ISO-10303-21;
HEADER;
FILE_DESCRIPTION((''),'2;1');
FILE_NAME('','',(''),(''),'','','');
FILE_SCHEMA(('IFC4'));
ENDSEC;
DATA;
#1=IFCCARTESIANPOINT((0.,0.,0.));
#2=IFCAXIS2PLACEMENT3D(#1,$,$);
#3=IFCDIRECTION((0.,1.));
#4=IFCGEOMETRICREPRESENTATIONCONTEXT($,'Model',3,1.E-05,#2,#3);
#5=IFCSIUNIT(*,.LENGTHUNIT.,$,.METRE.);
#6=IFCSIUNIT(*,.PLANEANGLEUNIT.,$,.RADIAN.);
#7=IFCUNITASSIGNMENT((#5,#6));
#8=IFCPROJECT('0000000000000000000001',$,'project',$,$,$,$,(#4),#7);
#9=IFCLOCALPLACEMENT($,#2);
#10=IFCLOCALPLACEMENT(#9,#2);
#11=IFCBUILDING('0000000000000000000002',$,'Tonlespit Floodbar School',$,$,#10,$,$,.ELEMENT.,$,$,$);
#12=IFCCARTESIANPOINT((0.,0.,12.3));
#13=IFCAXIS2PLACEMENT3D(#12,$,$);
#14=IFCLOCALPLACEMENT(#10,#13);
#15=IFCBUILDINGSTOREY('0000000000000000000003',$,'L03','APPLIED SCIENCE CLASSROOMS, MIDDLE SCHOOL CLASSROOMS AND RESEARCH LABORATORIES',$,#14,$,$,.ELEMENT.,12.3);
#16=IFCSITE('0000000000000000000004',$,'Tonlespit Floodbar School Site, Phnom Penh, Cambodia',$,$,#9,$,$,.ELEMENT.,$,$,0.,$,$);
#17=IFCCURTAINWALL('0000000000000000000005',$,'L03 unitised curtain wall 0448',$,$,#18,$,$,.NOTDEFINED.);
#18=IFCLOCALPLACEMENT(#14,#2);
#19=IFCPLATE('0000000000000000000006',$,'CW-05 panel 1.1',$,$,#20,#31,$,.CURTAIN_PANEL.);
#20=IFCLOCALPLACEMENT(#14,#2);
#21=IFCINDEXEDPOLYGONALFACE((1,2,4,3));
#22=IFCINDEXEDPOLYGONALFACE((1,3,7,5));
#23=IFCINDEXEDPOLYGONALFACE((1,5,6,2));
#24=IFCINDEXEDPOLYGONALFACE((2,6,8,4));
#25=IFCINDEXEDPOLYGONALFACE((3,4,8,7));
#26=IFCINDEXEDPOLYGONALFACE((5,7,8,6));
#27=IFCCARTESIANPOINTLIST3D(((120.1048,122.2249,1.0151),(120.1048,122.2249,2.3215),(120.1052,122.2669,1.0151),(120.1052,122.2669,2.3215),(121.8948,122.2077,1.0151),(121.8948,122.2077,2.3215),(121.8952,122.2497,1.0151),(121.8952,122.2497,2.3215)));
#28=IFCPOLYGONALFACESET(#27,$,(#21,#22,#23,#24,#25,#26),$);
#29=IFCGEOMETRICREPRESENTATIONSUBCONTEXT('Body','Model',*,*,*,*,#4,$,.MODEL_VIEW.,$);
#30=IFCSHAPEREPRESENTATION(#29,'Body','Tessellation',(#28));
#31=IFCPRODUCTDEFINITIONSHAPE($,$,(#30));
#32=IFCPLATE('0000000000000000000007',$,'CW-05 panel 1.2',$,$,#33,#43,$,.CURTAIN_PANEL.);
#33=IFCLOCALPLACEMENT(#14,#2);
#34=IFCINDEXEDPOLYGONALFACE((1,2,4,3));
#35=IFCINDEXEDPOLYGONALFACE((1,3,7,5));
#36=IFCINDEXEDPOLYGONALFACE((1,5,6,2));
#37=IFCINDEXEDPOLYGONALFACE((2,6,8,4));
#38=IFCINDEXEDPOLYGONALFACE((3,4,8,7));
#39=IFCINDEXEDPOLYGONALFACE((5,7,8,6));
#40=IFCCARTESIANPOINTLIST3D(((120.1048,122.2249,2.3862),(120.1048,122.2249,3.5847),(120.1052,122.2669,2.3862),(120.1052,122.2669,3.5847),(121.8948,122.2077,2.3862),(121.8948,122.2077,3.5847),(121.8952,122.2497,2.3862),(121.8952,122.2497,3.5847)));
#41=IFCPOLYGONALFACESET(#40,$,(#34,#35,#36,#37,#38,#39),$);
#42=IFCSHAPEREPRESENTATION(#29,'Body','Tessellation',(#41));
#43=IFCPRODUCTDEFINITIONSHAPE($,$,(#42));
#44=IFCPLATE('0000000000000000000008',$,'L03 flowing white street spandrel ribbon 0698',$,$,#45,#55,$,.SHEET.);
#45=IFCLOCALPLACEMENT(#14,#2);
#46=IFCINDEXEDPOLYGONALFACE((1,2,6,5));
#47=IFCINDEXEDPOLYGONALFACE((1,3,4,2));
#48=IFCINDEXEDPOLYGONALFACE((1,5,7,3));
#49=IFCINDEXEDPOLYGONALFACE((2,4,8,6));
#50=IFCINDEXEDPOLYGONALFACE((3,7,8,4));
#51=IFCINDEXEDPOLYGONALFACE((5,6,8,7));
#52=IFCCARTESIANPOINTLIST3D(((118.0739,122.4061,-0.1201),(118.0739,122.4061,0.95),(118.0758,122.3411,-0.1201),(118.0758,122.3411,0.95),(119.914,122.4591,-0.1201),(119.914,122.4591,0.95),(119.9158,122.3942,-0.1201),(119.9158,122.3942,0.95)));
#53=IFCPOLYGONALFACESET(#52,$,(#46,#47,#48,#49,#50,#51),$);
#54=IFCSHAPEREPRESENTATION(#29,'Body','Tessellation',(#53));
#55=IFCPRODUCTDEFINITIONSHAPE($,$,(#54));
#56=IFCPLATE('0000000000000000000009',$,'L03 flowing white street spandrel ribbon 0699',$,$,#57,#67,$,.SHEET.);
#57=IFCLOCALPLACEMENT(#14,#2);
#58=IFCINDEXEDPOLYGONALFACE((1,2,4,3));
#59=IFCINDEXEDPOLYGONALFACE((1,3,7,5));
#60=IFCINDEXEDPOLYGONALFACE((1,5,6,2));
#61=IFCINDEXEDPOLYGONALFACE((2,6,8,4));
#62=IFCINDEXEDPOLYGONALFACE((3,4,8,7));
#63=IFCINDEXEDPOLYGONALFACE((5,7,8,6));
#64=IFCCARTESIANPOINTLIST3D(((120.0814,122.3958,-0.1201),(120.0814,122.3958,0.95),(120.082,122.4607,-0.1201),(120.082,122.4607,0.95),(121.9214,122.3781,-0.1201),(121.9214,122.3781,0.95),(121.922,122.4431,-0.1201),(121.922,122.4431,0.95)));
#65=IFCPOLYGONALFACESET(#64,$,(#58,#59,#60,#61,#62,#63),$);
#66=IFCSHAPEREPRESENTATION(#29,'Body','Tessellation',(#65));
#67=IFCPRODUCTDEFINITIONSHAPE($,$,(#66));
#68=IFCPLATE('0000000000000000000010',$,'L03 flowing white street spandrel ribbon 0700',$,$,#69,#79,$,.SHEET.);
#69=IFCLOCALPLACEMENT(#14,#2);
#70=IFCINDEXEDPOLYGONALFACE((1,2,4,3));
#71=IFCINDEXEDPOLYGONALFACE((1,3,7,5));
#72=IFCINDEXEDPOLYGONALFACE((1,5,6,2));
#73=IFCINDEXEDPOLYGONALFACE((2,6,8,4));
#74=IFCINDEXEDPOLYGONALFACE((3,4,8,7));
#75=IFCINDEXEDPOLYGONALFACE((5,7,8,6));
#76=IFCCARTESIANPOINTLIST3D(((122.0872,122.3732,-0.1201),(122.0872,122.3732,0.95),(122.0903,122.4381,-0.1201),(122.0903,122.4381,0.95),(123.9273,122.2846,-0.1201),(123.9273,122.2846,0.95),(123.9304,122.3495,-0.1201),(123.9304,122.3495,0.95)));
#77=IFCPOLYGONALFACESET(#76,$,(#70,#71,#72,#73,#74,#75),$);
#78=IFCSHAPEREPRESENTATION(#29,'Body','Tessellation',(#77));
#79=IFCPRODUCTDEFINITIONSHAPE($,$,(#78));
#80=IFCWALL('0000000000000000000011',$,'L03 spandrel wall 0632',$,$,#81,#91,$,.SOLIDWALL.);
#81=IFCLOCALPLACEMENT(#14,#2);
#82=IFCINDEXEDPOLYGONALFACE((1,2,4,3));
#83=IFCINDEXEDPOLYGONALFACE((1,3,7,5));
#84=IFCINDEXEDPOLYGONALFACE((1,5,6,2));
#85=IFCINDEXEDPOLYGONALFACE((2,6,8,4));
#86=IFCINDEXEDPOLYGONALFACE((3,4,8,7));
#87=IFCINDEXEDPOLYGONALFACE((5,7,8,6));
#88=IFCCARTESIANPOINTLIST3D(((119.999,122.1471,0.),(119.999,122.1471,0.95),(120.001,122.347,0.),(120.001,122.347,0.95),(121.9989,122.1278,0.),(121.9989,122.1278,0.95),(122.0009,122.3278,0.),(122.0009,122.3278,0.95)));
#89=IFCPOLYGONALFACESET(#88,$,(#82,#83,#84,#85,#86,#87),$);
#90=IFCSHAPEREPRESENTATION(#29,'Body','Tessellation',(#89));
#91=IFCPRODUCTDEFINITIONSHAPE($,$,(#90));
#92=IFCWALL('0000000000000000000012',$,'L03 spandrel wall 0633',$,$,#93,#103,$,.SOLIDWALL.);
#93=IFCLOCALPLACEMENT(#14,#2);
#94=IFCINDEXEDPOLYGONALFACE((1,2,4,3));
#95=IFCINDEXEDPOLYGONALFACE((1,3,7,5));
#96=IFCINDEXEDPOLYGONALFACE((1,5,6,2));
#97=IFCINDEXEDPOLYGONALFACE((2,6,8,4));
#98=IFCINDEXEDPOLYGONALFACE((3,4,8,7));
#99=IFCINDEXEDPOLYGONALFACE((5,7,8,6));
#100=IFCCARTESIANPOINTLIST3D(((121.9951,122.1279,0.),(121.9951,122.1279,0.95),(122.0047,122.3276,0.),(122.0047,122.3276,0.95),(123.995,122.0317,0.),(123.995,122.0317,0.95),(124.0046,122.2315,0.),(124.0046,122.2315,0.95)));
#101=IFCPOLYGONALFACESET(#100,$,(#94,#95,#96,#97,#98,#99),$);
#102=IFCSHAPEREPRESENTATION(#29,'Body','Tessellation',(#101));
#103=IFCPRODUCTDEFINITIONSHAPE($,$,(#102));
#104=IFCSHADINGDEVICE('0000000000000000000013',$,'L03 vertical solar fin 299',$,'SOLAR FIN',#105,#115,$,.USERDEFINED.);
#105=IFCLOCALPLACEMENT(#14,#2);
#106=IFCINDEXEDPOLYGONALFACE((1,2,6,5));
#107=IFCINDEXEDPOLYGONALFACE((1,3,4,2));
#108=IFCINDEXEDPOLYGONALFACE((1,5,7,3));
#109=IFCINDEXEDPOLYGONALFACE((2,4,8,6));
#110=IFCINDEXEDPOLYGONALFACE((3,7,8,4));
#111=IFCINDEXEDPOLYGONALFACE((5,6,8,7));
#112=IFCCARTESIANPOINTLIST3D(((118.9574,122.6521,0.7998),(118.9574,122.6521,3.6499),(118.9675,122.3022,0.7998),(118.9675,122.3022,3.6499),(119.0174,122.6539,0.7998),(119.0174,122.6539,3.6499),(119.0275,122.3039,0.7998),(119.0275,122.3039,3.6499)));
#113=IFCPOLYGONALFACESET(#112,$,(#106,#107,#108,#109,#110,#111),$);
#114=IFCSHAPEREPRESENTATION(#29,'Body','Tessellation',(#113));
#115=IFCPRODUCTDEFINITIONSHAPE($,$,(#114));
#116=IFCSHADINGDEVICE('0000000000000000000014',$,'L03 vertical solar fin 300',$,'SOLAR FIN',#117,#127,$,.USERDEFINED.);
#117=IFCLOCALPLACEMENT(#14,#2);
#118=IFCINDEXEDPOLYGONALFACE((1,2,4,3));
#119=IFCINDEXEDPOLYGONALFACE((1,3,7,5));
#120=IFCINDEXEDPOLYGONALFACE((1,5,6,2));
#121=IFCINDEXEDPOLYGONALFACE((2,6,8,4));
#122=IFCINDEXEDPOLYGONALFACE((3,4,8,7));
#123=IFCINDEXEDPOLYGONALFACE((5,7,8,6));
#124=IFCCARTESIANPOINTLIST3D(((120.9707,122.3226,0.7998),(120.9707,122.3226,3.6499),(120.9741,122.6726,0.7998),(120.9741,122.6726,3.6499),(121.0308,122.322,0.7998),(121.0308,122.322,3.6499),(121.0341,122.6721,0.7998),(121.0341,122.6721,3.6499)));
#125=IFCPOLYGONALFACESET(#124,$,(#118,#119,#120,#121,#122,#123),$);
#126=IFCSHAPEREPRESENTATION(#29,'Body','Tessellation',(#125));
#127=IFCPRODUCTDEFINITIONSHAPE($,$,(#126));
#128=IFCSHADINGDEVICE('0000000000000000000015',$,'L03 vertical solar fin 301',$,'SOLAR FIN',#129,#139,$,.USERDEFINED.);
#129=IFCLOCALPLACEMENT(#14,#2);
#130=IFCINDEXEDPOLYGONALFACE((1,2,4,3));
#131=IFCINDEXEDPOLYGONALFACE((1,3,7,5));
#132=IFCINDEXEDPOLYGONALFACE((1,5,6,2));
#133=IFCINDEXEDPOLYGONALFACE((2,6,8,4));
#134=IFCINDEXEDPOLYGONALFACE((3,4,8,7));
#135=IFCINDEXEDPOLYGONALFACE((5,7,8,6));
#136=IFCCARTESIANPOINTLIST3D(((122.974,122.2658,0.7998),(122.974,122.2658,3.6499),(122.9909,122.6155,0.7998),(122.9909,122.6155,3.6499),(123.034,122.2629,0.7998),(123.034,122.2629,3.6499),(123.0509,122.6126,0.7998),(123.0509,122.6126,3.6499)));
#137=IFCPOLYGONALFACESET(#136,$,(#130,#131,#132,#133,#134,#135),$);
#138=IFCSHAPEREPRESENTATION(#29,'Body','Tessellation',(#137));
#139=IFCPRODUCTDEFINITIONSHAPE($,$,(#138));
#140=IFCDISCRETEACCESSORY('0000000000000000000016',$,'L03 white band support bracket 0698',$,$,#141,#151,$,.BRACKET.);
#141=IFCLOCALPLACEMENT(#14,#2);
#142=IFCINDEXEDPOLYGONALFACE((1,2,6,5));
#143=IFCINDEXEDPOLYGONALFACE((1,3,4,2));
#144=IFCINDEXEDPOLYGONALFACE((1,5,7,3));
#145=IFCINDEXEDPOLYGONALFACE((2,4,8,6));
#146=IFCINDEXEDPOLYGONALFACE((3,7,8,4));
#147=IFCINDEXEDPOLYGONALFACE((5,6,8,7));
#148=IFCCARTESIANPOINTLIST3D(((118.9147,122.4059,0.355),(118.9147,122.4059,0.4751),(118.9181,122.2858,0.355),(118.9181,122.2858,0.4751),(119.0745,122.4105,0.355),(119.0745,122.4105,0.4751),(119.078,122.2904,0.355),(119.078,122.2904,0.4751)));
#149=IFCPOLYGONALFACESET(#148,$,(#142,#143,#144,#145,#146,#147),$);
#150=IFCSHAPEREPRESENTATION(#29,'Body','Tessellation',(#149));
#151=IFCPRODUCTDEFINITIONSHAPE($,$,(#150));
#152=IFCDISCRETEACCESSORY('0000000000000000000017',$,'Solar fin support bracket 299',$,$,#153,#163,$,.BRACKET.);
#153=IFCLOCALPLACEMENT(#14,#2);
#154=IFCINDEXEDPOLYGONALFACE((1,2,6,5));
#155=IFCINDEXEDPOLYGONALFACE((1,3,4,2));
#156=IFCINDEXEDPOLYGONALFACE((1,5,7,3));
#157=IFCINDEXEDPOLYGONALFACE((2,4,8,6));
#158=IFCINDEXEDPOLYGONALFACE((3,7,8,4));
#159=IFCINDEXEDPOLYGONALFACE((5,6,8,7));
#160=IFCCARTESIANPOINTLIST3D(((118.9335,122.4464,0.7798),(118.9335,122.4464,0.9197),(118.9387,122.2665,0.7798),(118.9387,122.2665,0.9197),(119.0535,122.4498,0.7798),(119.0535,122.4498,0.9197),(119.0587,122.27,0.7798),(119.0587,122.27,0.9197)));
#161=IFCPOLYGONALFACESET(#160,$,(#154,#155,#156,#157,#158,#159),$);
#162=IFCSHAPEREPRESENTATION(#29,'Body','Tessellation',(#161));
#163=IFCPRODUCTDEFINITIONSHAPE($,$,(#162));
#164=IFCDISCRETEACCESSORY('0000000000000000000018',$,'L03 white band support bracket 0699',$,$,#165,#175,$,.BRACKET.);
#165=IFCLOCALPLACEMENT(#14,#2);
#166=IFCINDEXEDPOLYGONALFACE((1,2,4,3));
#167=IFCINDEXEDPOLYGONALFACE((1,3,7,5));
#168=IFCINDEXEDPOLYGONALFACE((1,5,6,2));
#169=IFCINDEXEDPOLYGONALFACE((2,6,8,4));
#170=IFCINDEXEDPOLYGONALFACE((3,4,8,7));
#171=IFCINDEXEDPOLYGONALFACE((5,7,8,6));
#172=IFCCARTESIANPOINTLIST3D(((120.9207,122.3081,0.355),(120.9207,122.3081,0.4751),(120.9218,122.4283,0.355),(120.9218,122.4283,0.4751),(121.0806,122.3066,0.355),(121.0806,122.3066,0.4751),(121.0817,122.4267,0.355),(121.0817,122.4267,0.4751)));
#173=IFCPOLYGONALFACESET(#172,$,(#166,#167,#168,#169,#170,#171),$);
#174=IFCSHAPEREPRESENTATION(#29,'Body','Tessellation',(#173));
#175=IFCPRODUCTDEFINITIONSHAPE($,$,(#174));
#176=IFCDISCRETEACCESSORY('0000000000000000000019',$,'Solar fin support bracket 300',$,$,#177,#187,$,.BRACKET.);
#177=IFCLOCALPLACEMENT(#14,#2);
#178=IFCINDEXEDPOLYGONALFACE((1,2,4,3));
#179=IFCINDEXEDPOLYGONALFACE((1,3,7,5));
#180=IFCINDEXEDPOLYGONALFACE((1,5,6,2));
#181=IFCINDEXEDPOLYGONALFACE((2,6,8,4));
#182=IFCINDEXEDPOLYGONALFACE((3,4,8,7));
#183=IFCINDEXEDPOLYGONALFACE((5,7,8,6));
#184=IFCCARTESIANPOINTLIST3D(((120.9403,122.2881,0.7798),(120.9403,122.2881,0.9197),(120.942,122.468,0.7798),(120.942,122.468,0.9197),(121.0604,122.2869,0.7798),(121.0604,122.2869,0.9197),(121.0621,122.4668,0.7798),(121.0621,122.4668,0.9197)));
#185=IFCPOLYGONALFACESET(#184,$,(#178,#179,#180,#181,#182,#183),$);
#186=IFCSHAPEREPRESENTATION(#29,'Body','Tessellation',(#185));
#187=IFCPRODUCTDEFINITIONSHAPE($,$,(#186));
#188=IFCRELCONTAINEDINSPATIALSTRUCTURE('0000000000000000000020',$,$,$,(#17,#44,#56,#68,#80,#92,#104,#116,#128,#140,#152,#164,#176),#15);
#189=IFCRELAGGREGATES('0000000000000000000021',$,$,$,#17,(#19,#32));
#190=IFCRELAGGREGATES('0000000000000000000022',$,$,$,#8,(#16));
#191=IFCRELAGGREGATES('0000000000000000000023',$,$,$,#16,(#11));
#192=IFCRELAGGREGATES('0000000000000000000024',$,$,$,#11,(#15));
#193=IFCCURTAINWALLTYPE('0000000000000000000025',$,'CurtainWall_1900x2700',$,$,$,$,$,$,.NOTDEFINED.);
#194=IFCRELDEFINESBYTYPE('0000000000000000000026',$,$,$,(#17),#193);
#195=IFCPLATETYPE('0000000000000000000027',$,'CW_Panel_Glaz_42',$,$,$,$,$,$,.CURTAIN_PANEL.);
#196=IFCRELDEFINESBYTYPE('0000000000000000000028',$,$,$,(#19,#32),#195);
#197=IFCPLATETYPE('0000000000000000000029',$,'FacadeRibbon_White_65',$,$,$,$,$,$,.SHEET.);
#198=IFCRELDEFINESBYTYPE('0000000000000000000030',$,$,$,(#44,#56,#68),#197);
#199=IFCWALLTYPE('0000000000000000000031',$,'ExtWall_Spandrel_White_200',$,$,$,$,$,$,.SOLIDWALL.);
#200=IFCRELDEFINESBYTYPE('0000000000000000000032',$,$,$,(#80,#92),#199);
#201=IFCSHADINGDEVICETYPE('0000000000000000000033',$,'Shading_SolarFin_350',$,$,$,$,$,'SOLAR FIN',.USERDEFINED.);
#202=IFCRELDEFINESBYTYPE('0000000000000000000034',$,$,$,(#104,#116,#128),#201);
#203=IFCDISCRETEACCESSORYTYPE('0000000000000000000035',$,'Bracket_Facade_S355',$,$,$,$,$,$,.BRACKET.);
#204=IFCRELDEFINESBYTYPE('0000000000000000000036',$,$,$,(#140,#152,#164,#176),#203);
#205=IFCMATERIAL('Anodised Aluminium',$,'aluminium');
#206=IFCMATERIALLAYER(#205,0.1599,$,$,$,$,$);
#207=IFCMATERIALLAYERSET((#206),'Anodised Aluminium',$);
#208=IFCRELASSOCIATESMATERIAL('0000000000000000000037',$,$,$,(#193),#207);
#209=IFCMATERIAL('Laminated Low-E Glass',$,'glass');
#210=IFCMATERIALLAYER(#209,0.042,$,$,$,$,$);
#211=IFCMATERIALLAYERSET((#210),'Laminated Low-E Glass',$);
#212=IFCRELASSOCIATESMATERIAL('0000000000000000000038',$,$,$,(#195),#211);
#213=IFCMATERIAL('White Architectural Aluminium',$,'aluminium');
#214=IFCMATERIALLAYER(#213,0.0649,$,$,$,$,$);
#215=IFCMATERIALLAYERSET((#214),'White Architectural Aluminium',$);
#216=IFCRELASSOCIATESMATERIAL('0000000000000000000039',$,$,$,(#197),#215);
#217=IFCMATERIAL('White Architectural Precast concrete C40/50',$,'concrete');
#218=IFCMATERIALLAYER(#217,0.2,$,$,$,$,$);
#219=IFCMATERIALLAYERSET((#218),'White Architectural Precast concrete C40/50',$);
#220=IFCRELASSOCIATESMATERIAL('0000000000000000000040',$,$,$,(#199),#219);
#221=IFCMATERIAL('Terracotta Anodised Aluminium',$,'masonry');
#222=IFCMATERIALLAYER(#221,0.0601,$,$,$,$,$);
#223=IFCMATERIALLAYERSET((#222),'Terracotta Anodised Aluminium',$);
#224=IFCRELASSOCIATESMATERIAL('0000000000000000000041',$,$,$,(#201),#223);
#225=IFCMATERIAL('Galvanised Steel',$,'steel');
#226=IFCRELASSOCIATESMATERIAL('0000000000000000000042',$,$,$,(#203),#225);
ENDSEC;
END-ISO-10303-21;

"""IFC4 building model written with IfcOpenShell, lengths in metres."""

from ifc_helpers import new_model, si_unit, direction, frame, frame_2d, origin, origin_2d, place, context, subcontext, project, spatial, rectangle, extrude, material, layer, layer_set, type_object, element, aggregate, save


model = new_model("IFC4")

# Units and contexts
model_context = context("Model", 3, precision=1e-05, world=origin(), true_north=direction((0.0, 1.0)))
body_context = subcontext(model_context, "Body", "Model", "MODEL_VIEW")
ifc_project = project(units=[si_unit("LENGTHUNIT", "METRE"), si_unit("PLANEANGLEUNIT", "RADIAN")], contexts=[model_context])

# Site, building, storey
site_placement = place(None, origin())
site = spatial("IfcSite", under=ifc_project, at=site_placement, Name="Tonlespit Floodbar School Site, Phnom Penh, Cambodia", CompositionType="ELEMENT", RefElevation=0.0)
building_placement = place(site_placement, origin())
building = spatial("IfcBuilding", under=site, at=building_placement, Name="Tonlespit Floodbar School", CompositionType="ELEMENT")
storey_placement = place(building_placement, frame((0.0, 0.0, 12.3)))
storey = spatial("IfcBuildingStorey", under=building, at=storey_placement, Name="L03", Description="APPLIED SCIENCE CLASSROOMS, MIDDLE SCHOOL CLASSROOMS AND RESEARCH LABORATORIES", CompositionType="ELEMENT", Elevation=12.3)

# Curtain wall
ifc_material_1 = material(Name="Anodised Aluminium", Category="aluminium")
ifc_layer_1 = layer(ifc_material_1, 0.1599)
ifc_layer_set_1 = layer_set([ifc_layer_1], Name="Anodised Aluminium")
curtain_wall_type = type_object("IfcCurtainWallType", Name="CurtainWall_1900x2700", PredefinedType="NOTDEFINED", material=ifc_layer_set_1)
curtain_wall_1_placement = place(storey_placement, origin())
curtain_wall_1 = element("IfcCurtainWall", 1, at=curtain_wall_1_placement, inside=storey, type_object=curtain_wall_type, Name="L03 unitised curtain wall 0448", PredefinedType="NOTDEFINED")

# Plates
ifc_material_2 = material(Name="Laminated Low-E Glass", Category="glass")
ifc_layer_2 = layer(ifc_material_2, 0.042)
ifc_layer_set_2 = layer_set([ifc_layer_2], Name="Laminated Low-E Glass")
plate_type_1 = type_object("IfcPlateType", Name="CW_Panel_Glaz_42", PredefinedType="CURTAIN_PANEL", material=ifc_layer_set_2)
plate_1_placement = place(storey_placement, frame((121.0, 122.2373, 1.0151), z_axis=(0.0, 0.0, 1.0), x_axis=(0.999954, -0.009583, 0.0)))
plate_1 = element("IfcPlate", 2, at=plate_1_placement, type_object=plate_type_1, Name="CW-05 panel 1.1", PredefinedType="CURTAIN_PANEL", context=body_context, shape_type="SweptSolid", body=[
    extrude(rectangle(XDim=1.79, YDim=0.042, at=origin_2d()), origin(), (0.0, 0.0, 1.0), 1.3064),
])
plate_2_placement = place(storey_placement, frame((121.0, 122.2373, 2.3862), z_axis=(0.0, 0.0, 1.0), x_axis=(0.999954, -0.009583, 0.0)))
plate_2 = element("IfcPlate", 3, at=plate_2_placement, type_object=plate_type_1, Name="CW-05 panel 1.2", PredefinedType="CURTAIN_PANEL", context=body_context, shape_type="SweptSolid", body=[
    extrude(rectangle(XDim=1.79, YDim=0.042, at=origin_2d()), origin(), (0.0, 0.0, 1.0), 1.1985),
])
aggregate(curtain_wall_1, [plate_1, plate_2])

# Plates
ifc_material_3 = material(Name="White Architectural Aluminium", Category="aluminium")
ifc_layer_3 = layer(ifc_material_3, 0.0649)
ifc_layer_set_3 = layer_set([ifc_layer_3], Name="White Architectural Aluminium")
plate_type_2 = type_object("IfcPlateType", Name="FacadeRibbon_White_65", PredefinedType="SHEET", material=ifc_layer_set_3)
plate_3_placement = place(storey_placement, frame((118.9949, 122.4001, -0.1201), z_axis=(0.0, 0.0, 1.0), x_axis=(0.999584, 0.028838, 0.0)))
element("IfcPlate", 4, at=plate_3_placement, inside=storey, type_object=plate_type_2, Name="L03 flowing white street spandrel ribbon 0698", PredefinedType="SHEET", context=body_context, shape_type="SweptSolid", body=[
    extrude(rectangle(XDim=1.8408, YDim=0.0649, at=origin_2d()), origin(), (0.0, 0.0, 1.0), 1.0701),
])
plate_4_placement = place(storey_placement, frame((121.0017, 122.4194, -0.1201), z_axis=(0.0, 0.0, 1.0), x_axis=(0.999954, -0.009599, 0.0)))
element("IfcPlate", 5, at=plate_4_placement, inside=storey, type_object=plate_type_2, Name="L03 flowing white street spandrel ribbon 0699", PredefinedType="SHEET", context=body_context, shape_type="SweptSolid", body=[
    extrude(rectangle(XDim=1.8401, YDim=0.0649, at=origin_2d()), origin(), (0.0, 0.0, 1.0), 1.0701),
])
plate_5_placement = place(storey_placement, frame((123.0088, 122.3613, -0.1201), z_axis=(0.0, 0.0, 1.0), x_axis=(0.998843, -0.048095, 0.0)))
element("IfcPlate", 6, at=plate_5_placement, inside=storey, type_object=plate_type_2, Name="L03 flowing white street spandrel ribbon 0700", PredefinedType="SHEET", context=body_context, shape_type="SweptSolid", body=[
    extrude(rectangle(XDim=1.8423, YDim=0.0649, at=origin_2d()), origin(), (0.0, 0.0, 1.0), 1.0701),
])

# Walls
ifc_material_4 = material(Name="White Architectural Precast concrete C40/50", Category="concrete")
ifc_layer_4 = layer(ifc_material_4, 0.2)
ifc_layer_set_4 = layer_set([ifc_layer_4], Name="White Architectural Precast concrete C40/50")
wall_type = type_object("IfcWallType", Name="ExtWall_Spandrel_White_200", PredefinedType="SOLIDWALL", material=ifc_layer_set_4)
wall_1_placement = place(storey_placement, frame((120.0, 122.2471, 0.0), z_axis=(0.0, 0.0, 1.0), x_axis=(0.999954, -0.009643, 0.0)))
element("IfcWall", 7, at=wall_1_placement, inside=storey, type_object=wall_type, Name="L03 spandrel wall 0632", PredefinedType="SOLIDWALL", context=body_context, shape_type="SweptSolid", body=[
    extrude(rectangle(XDim=2.0, YDim=0.2, at=frame_2d((1.0, 0.0))), origin(), (0.0, 0.0, 1.0), 0.95),
])
wall_2_placement = place(storey_placement, frame((122.0, 122.2278, 0.0), z_axis=(0.0, 0.0, 1.0), x_axis=(0.998845, -0.04804, 0.0)))
element("IfcWall", 8, at=wall_2_placement, inside=storey, type_object=wall_type, Name="L03 spandrel wall 0633", PredefinedType="SOLIDWALL", context=body_context, shape_type="SweptSolid", body=[
    extrude(rectangle(XDim=2.0022, YDim=0.2, at=frame_2d((1.001, 0.0))), origin(), (0.0, 0.0, 1.0), 0.95),
])

# Shading devices
ifc_material_5 = material(Name="Terracotta Anodised Aluminium", Category="masonry")
ifc_layer_5 = layer(ifc_material_5, 0.0601)
ifc_layer_set_5 = layer_set([ifc_layer_5], Name="Terracotta Anodised Aluminium")
shading_device_type = type_object("IfcShadingDeviceType", Name="Shading_SolarFin_350", ElementType="SOLAR FIN", PredefinedType="USERDEFINED", material=ifc_layer_set_5)
for number, where, z_axis, x_axis, name in (
    (9, (118.9924, 122.478, 0.7998), (0.0, 0.0, 1.0), (0.999584, 0.028838, 0.0), "L03 vertical solar fin 299"),
    (10, (121.0024, 122.4973, 0.7998), (0.0, 0.0, 1.0), (0.999954, -0.009599, 0.0), "L03 vertical solar fin 300"),
    (11, (123.0125, 122.4392, 0.7998), (0.0, 0.0, 1.0), (0.998843, -0.048095, 0.0), "L03 vertical solar fin 301"),
):
    element("IfcShadingDevice", number, at=place(storey_placement, frame(where, z_axis=z_axis, x_axis=x_axis)), inside=storey, type_object=shading_device_type, Name=name, ObjectType="SOLAR FIN", PredefinedType="USERDEFINED", context=body_context, shape_type="SweptSolid", body=[
        extrude(rectangle(XDim=0.0601, YDim=0.3501, at=origin_2d()), origin(), (0.0, 0.0, 1.0), 2.8501),
    ])

# Discrete accessories
ifc_material_6 = material(Name="Galvanised Steel", Category="steel")
discrete_accessory_type = type_object("IfcDiscreteAccessoryType", Name="Bracket_Facade_S355", PredefinedType="BRACKET", material=ifc_material_6)
discrete_accessory_1_placement = place(storey_placement, frame((118.9963, 122.3481, 0.355), z_axis=(0.0, 0.0, 1.0), x_axis=(0.999584, 0.028838, 0.0)))
element("IfcDiscreteAccessory", 12, at=discrete_accessory_1_placement, inside=storey, type_object=discrete_accessory_type, Name="L03 white band support bracket 0698", PredefinedType="BRACKET", context=body_context, shape_type="SweptSolid", body=[
    extrude(rectangle(XDim=0.1599, YDim=0.1201, at=origin_2d()), origin(), (0.0, 0.0, 1.0), 0.1201),
])
discrete_accessory_2_placement = place(storey_placement, frame((118.9961, 122.3582, 0.7798), z_axis=(0.0, 0.0, 1.0), x_axis=(0.999584, 0.028838, 0.0)))
element("IfcDiscreteAccessory", 13, at=discrete_accessory_2_placement, inside=storey, type_object=discrete_accessory_type, Name="Solar fin support bracket 299", PredefinedType="BRACKET", context=body_context, shape_type="SweptSolid", body=[
    extrude(rectangle(XDim=0.1201, YDim=0.1799, at=origin_2d()), origin(), (0.0, 0.0, 1.0), 0.1399),
])
discrete_accessory_3_placement = place(storey_placement, frame((121.0012, 122.3674, 0.355), z_axis=(0.0, 0.0, 1.0), x_axis=(0.999954, -0.009599, 0.0)))
element("IfcDiscreteAccessory", 14, at=discrete_accessory_3_placement, inside=storey, type_object=discrete_accessory_type, Name="L03 white band support bracket 0699", PredefinedType="BRACKET", context=body_context, shape_type="SweptSolid", body=[
    extrude(rectangle(XDim=0.1599, YDim=0.1201, at=origin_2d()), origin(), (0.0, 0.0, 1.0), 0.1201),
])
discrete_accessory_4_placement = place(storey_placement, frame((121.0012, 122.3774, 0.7798), z_axis=(0.0, 0.0, 1.0), x_axis=(0.999954, -0.009599, 0.0)))
element("IfcDiscreteAccessory", 15, at=discrete_accessory_4_placement, inside=storey, type_object=discrete_accessory_type, Name="Solar fin support bracket 300", PredefinedType="BRACKET", context=body_context, shape_type="SweptSolid", body=[
    extrude(rectangle(XDim=0.1201, YDim=0.1799, at=origin_2d()), origin(), (0.0, 0.0, 1.0), 0.1399),
])

save(model, "model.ifc")
